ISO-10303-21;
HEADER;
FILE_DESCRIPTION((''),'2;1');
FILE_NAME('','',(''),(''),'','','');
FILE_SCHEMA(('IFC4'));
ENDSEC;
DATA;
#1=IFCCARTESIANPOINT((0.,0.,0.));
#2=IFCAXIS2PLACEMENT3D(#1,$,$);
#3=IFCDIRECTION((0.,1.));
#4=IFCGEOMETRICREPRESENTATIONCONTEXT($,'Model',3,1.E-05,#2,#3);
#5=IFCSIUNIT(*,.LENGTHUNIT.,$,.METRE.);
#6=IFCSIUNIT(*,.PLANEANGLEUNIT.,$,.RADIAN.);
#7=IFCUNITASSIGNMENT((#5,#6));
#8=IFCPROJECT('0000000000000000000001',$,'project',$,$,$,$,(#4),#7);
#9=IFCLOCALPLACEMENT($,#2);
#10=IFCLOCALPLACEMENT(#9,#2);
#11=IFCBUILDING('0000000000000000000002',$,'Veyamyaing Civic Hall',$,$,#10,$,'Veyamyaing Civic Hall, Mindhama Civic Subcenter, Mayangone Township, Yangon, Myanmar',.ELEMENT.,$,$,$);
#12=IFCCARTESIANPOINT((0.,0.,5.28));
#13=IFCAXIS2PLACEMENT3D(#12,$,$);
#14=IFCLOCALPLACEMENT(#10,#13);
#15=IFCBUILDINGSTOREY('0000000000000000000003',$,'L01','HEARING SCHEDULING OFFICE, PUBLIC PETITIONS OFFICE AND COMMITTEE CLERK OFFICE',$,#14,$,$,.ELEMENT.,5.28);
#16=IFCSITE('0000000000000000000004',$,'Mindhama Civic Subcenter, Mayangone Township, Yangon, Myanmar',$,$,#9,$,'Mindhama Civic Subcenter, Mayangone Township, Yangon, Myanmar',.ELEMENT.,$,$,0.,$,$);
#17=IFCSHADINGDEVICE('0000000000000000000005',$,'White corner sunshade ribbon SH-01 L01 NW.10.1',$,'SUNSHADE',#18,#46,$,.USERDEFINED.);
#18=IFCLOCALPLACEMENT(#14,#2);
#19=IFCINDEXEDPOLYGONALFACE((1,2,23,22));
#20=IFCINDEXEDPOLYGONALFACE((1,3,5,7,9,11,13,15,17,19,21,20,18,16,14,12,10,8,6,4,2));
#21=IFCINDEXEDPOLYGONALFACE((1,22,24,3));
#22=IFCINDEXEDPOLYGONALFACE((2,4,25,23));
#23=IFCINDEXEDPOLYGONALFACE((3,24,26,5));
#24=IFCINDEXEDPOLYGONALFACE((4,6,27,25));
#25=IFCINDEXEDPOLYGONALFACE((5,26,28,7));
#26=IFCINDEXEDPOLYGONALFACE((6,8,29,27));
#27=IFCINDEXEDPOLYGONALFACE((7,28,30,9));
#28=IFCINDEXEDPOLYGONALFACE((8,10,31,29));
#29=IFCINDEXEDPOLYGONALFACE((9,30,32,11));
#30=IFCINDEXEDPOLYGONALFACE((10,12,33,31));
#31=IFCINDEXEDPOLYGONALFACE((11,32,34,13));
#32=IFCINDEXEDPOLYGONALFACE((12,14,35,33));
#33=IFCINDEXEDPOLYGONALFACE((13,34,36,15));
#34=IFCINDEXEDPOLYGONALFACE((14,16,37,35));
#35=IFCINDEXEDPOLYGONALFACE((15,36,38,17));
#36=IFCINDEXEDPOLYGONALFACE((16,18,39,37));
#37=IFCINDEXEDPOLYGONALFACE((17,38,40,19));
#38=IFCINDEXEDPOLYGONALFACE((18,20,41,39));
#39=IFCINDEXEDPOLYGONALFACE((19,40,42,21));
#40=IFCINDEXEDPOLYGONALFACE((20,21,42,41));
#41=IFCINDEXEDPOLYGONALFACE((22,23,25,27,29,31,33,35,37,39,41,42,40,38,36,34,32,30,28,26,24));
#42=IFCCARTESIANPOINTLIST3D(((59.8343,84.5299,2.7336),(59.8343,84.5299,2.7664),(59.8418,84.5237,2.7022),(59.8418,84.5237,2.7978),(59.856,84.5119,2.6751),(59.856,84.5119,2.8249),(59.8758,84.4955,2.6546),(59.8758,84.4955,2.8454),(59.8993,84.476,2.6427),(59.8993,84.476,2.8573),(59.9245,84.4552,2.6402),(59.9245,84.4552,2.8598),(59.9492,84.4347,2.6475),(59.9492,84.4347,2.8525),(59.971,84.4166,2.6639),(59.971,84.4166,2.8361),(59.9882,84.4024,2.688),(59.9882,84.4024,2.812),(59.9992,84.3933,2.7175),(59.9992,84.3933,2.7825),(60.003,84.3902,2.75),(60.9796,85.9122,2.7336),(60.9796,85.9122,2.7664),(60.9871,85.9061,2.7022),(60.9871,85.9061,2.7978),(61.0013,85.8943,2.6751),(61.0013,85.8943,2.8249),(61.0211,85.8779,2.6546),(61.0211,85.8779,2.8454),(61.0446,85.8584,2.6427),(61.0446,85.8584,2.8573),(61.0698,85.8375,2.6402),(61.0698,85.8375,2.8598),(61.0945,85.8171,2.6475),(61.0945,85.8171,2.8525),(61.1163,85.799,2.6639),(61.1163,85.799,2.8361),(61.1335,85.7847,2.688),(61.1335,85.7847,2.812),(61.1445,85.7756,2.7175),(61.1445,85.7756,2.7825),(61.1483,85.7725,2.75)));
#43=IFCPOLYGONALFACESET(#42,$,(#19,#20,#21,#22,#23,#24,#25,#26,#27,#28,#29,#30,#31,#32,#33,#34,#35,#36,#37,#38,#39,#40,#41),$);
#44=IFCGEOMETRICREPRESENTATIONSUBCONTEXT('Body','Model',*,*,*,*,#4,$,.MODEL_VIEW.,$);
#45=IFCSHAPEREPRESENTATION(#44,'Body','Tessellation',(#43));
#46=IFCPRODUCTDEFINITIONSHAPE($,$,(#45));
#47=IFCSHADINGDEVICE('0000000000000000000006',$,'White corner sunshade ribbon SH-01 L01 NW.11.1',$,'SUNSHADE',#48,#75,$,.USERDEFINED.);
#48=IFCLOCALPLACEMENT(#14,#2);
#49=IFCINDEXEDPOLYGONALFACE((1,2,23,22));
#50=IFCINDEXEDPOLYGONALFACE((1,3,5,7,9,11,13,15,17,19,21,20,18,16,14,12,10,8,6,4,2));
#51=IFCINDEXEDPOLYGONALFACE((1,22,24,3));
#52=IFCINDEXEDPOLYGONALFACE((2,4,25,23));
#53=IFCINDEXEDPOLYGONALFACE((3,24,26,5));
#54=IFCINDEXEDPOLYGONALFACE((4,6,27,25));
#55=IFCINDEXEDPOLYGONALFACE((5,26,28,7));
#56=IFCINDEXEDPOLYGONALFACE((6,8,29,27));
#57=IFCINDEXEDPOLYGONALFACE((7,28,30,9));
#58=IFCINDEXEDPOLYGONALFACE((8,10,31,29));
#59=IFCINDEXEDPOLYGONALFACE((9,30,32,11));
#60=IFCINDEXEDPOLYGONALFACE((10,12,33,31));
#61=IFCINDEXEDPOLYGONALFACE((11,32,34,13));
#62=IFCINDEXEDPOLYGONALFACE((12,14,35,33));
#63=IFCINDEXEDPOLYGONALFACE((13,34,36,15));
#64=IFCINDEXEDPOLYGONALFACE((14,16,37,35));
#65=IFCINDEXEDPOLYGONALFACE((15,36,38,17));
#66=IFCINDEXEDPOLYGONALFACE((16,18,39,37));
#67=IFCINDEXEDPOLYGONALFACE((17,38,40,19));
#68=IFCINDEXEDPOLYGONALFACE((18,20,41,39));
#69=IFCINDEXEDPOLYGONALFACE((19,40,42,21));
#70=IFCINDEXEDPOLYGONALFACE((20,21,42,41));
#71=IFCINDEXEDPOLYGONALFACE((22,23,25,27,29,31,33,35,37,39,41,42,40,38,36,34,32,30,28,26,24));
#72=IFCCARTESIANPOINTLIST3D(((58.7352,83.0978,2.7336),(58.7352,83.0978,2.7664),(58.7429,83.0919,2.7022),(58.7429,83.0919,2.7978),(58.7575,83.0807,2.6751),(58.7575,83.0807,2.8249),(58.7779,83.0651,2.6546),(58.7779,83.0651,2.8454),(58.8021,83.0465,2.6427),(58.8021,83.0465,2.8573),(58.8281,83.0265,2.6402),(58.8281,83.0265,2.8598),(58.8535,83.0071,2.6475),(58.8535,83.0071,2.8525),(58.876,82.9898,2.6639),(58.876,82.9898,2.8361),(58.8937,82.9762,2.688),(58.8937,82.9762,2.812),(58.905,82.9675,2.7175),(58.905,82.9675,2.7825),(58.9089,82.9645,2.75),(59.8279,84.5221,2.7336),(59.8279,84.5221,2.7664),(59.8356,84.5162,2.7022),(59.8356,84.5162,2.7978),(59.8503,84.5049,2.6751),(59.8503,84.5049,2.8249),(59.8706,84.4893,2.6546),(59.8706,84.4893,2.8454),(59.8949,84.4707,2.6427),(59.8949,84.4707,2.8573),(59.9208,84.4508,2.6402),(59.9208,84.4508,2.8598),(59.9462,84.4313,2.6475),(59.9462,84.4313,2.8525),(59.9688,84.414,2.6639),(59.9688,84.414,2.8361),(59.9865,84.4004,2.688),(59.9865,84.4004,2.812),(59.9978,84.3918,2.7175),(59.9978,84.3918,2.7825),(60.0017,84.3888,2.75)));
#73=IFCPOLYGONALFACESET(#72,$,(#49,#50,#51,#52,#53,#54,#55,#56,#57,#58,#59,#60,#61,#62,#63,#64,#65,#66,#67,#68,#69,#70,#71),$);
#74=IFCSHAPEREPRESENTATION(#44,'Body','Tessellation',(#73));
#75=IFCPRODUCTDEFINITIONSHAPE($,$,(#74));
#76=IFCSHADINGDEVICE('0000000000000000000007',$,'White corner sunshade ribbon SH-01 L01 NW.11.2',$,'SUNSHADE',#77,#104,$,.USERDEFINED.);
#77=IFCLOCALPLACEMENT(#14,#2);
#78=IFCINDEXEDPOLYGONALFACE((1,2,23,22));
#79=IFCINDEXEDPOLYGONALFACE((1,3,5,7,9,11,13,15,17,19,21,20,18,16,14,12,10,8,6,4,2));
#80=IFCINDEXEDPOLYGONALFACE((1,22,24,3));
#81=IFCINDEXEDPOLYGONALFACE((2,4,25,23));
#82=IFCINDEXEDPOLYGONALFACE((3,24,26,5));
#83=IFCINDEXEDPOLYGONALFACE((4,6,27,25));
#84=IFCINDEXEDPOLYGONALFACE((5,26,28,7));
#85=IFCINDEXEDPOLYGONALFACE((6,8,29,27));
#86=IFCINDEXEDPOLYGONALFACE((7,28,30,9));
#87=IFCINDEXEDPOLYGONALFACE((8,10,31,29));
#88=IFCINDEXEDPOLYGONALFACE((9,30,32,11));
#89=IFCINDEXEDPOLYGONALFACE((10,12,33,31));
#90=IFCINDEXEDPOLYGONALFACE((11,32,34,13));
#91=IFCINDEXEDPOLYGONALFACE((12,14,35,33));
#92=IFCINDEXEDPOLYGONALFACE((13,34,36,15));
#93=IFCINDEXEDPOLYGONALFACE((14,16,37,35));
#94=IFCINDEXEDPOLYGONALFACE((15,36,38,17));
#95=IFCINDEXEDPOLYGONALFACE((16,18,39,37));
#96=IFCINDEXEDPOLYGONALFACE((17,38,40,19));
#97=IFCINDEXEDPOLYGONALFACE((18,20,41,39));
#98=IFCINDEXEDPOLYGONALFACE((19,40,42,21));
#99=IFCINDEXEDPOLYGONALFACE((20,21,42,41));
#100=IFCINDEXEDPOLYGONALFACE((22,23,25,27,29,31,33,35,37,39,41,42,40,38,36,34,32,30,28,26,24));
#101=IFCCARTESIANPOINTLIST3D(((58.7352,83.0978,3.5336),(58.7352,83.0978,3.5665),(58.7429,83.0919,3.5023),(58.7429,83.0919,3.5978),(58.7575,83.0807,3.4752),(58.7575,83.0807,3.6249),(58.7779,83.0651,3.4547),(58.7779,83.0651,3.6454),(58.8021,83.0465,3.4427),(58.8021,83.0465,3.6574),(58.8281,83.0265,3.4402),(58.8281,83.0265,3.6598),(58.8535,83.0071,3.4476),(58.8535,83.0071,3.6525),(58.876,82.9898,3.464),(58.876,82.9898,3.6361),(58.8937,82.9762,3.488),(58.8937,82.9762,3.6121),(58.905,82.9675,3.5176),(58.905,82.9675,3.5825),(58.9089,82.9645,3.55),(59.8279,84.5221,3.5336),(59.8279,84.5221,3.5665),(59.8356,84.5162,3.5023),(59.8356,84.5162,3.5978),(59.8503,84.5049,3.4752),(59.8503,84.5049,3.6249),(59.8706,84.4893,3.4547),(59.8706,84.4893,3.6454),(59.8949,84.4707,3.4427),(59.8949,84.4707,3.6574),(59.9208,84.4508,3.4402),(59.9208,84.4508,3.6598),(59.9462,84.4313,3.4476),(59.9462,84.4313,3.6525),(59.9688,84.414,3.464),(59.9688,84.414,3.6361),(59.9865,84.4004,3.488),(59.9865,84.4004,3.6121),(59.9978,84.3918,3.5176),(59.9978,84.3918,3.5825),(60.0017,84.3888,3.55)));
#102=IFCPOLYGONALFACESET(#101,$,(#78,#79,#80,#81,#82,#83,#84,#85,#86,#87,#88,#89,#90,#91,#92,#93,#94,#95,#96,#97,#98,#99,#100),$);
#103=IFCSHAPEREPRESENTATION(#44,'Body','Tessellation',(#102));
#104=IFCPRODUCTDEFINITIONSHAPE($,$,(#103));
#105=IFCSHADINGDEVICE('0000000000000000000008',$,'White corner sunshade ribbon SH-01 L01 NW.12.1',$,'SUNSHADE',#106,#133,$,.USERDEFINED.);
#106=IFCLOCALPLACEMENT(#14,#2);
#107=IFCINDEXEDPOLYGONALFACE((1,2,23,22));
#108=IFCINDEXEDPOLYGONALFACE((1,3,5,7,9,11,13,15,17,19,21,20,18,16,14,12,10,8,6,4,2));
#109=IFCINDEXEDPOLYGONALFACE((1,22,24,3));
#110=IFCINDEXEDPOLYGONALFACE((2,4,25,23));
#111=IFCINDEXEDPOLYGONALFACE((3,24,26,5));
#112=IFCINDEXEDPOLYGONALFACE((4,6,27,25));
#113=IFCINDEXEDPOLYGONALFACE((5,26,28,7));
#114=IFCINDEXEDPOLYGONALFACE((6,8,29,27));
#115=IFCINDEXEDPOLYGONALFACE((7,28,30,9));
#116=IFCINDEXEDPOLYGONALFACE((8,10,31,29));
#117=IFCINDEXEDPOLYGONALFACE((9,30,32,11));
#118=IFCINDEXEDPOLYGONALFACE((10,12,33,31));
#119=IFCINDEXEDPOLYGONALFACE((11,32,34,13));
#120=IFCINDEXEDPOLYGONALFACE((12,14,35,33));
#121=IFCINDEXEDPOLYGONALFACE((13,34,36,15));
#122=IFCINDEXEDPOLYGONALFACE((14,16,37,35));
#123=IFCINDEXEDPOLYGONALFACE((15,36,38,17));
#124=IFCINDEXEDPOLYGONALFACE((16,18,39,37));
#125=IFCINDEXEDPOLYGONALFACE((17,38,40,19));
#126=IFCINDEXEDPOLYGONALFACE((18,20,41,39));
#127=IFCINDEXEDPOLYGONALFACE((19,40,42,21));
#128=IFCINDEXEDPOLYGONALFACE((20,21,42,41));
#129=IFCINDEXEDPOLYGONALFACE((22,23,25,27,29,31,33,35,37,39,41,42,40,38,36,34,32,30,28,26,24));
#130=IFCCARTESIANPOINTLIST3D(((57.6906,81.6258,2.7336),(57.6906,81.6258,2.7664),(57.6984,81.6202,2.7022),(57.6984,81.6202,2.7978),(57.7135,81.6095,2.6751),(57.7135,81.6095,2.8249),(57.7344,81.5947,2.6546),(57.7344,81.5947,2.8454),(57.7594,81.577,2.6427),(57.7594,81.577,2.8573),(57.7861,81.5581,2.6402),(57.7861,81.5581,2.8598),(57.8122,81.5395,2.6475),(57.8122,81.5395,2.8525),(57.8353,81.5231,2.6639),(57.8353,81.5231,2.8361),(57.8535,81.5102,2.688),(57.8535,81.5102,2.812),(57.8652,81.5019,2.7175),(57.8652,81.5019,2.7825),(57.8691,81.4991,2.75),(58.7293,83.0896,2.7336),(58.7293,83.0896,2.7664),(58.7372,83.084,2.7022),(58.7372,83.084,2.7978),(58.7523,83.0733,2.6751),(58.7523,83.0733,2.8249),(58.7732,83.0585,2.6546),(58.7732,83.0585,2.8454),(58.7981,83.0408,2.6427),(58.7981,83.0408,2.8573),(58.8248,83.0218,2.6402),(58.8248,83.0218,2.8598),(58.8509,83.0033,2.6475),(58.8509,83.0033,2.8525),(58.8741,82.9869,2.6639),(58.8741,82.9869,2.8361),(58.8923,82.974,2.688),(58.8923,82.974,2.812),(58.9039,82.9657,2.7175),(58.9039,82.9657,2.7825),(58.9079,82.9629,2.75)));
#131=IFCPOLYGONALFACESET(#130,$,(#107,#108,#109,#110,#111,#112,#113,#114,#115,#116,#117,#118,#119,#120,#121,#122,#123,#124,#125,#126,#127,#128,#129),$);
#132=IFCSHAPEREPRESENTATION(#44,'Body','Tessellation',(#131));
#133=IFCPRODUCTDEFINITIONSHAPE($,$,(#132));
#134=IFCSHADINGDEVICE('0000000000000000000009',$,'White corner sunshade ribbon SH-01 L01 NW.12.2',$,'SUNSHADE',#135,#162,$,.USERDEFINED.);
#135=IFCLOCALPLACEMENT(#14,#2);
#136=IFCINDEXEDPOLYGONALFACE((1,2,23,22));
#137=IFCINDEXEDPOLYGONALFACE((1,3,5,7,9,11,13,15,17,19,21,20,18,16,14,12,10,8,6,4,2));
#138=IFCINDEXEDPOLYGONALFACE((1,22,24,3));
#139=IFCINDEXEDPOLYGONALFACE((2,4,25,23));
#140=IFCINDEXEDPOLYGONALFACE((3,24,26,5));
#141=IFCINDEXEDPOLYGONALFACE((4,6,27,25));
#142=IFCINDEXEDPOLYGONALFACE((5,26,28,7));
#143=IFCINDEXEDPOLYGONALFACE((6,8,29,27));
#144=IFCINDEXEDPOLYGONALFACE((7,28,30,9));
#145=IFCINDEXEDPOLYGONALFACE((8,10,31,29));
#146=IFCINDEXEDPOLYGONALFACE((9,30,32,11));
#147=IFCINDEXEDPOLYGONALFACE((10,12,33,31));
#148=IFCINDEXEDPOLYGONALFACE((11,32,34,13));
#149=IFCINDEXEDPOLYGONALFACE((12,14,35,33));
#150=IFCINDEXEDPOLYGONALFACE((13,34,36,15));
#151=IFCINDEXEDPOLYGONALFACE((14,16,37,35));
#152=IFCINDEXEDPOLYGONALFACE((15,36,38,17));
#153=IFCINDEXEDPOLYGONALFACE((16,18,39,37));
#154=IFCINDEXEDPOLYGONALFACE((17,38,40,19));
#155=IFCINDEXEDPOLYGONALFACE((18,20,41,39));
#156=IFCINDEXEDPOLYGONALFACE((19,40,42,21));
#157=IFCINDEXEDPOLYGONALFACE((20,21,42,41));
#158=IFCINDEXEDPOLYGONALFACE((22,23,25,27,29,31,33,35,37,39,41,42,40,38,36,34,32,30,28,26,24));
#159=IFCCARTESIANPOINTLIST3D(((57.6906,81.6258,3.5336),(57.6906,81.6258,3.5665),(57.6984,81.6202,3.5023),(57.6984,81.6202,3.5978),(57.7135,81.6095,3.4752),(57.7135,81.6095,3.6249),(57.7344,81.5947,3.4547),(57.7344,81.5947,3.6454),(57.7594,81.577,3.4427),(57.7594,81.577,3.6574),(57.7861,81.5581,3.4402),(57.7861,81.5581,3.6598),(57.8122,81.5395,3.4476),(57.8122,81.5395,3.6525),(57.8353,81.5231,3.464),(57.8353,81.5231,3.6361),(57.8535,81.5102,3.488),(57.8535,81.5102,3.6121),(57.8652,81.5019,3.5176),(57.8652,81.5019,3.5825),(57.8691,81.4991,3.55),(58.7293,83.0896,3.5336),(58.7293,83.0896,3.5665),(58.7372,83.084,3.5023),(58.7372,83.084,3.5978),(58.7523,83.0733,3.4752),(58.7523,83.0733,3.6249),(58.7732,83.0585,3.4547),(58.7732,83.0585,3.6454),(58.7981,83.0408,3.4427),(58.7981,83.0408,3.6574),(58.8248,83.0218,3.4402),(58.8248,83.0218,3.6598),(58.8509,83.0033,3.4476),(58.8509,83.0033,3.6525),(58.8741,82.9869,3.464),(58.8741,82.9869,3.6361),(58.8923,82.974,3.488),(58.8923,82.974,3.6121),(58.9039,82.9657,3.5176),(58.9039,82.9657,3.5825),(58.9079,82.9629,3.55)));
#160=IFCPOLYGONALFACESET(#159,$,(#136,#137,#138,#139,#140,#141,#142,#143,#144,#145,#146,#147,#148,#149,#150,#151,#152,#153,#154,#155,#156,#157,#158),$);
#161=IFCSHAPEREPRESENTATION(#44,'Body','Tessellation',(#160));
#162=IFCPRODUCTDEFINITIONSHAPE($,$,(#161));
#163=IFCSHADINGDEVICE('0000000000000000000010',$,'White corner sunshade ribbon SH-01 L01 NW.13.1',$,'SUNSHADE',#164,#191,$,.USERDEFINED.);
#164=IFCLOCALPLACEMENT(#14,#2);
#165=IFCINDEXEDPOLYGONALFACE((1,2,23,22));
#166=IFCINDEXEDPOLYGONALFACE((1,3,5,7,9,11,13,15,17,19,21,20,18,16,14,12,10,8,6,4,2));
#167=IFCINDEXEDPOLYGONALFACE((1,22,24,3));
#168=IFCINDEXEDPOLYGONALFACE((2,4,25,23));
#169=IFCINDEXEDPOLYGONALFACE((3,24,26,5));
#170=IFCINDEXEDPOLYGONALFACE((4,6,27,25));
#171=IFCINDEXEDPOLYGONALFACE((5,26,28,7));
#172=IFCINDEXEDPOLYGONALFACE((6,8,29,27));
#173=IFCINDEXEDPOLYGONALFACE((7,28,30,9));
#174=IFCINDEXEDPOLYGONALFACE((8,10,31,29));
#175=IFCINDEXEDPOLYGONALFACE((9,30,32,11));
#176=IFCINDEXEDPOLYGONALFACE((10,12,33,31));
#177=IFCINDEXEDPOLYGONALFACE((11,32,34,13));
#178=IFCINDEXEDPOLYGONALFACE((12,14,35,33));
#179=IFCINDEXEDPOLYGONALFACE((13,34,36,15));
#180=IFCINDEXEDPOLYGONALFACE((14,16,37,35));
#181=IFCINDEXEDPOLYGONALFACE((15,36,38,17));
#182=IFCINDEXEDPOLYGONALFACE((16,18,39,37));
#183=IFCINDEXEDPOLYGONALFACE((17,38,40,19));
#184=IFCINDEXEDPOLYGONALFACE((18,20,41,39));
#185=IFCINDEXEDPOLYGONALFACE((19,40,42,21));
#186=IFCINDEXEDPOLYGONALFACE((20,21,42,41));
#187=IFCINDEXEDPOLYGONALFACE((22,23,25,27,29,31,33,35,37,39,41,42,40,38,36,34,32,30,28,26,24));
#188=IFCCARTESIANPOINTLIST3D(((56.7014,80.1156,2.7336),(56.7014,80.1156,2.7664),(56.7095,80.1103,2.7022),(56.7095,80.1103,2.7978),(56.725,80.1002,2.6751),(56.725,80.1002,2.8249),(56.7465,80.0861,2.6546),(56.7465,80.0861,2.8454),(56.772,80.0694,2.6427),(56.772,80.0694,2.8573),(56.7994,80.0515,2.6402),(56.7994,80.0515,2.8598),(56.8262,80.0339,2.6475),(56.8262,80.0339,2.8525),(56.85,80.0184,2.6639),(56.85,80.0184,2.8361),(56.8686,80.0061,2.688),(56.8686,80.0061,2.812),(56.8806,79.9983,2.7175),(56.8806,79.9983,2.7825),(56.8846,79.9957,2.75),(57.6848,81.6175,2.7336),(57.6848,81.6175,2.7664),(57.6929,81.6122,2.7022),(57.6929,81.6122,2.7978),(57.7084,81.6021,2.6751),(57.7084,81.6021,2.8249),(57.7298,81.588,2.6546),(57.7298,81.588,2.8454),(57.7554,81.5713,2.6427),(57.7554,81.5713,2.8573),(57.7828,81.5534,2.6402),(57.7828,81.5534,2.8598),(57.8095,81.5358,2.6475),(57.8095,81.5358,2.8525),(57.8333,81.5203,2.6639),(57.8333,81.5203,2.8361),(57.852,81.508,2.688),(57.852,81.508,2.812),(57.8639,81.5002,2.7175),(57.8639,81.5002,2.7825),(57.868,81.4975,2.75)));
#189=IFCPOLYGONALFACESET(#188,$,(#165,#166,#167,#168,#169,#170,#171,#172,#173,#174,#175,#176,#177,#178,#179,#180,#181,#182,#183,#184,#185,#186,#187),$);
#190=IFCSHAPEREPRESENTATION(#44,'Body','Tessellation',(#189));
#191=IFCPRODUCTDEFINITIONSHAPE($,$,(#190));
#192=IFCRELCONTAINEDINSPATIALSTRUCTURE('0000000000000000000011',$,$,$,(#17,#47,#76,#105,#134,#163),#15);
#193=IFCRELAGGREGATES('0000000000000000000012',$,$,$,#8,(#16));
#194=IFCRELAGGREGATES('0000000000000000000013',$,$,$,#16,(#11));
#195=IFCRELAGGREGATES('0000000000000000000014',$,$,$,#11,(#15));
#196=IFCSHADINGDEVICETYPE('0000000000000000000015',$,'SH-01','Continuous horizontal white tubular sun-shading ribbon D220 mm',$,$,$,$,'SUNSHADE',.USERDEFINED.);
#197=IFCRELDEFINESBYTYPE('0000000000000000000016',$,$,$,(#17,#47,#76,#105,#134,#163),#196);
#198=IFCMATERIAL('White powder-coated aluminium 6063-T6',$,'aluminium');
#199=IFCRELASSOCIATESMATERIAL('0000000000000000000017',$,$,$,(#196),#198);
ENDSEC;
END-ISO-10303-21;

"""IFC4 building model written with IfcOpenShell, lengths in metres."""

from ifc_helpers import new_model, si_unit, direction, frame, origin, origin_2d, place, context, subcontext, project, spatial, circle, extrude, material, material_profile, profile_set, type_object, element, save


model = new_model("IFC4")

# Units and contexts
model_context = context("Model", 3, precision=1e-05, world=origin(), true_north=direction((0.0, 1.0)))
body_context = subcontext(model_context, "Body", "Model", "MODEL_VIEW")
ifc_project = project(units=[si_unit("LENGTHUNIT", "METRE"), si_unit("PLANEANGLEUNIT", "RADIAN")], contexts=[model_context])

# Site, building, storey
site_placement = place(None, origin())
site = spatial("IfcSite", under=ifc_project, at=site_placement, Name="Mindhama Civic Subcenter, Mayangone Township, Yangon, Myanmar", LongName="Mindhama Civic Subcenter, Mayangone Township, Yangon, Myanmar", CompositionType="ELEMENT", RefElevation=0.0)
building_placement = place(site_placement, origin())
building = spatial("IfcBuilding", under=site, at=building_placement, Name="Veyamyaing Civic Hall", LongName="Veyamyaing Civic Hall, Mindhama Civic Subcenter, Mayangone Township, Yangon, Myanmar", CompositionType="ELEMENT")
storey_placement = place(building_placement, frame((0.0, 0.0, 5.28)))
storey = spatial("IfcBuildingStorey", under=building, at=storey_placement, Name="L01", Description="HEARING SCHEDULING OFFICE, PUBLIC PETITIONS OFFICE AND COMMITTEE CLERK OFFICE", CompositionType="ELEMENT", Elevation=5.28)

# Shared definitions
ifc_material_1 = material(Name="White powder-coated aluminium 6063-T6", Category="aluminium")

# Shading devices
ifc_material_profile_1 = material_profile(ifc_material_1, circle(Radius=0.1101, at=origin_2d()), Name="SHADE-TUBE-220")
ifc_profile_set_1 = profile_set([ifc_material_profile_1], Name="White powder-coated aluminium 6063-T6")
shading_device_type_1 = type_object("IfcShadingDeviceType", Name="SH-01", Description="Continuous horizontal white tubular sun-shading ribbon D220 mm", ElementType="SUNSHADE", PredefinedType="USERDEFINED", material=ifc_profile_set_1)
for number, where, z_axis, x_axis, name in (
    (1, (61.0635, 85.8428, 2.75), (-0.637988, -0.770046, 0.0), (0.770046, -0.637988, 0.0), "White corner sunshade ribbon SH-01 L01 NW.10.1"),
    (2, (59.9143, 84.4558, 2.75), (-0.608711, -0.793392, 0.0), (0.793392, -0.608711, 0.0), "White corner sunshade ribbon SH-01 L01 NW.11.1"),
    (3, (59.9143, 84.4558, 3.55), (-0.608711, -0.793392, 0.0), (0.793392, -0.608711, 0.0), "White corner sunshade ribbon SH-01 L01 NW.11.2"),
):
    element("IfcShadingDevice", number, at=place(storey_placement, frame(where, z_axis=z_axis, x_axis=x_axis)), inside=storey, type_object=shading_device_type_1, Name=name, ObjectType="SUNSHADE", PredefinedType="USERDEFINED", context=body_context, shape_type="SweptSolid", body=[
        extrude(circle(Radius=0.1101, at=origin_2d()), origin(), (0.0, 0.0, 1.0), 1.7952),
    ])
for number, where, z_axis, x_axis, name in (
    (4, (58.8181, 83.0266, 2.75), (-0.578727, -0.815522, 0.0), (0.815522, -0.578727, 0.0), "White corner sunshade ribbon SH-01 L01 NW.12.1"),
    (5, (58.8181, 83.0266, 3.55), (-0.578727, -0.815522, 0.0), (0.815522, -0.578727, 0.0), "White corner sunshade ribbon SH-01 L01 NW.12.2"),
):
    element("IfcShadingDevice", number, at=place(storey_placement, frame(where, z_axis=z_axis, x_axis=x_axis)), inside=storey, type_object=shading_device_type_1, Name=name, ObjectType="SUNSHADE", PredefinedType="USERDEFINED", context=body_context, shape_type="SweptSolid", body=[
        extrude(circle(Radius=0.1101, at=origin_2d()), origin(), (0.0, 0.0, 1.0), 1.7949),
    ])
for number, where, z_axis, x_axis, name in (
    (6, (57.7759, 81.5579, 2.75), (-0.547777, -0.836624, 0.0), (0.836624, -0.547777, 0.0), "White corner sunshade ribbon SH-01 L01 NW.13.1"),
):
    element("IfcShadingDevice", number, at=place(storey_placement, frame(where, z_axis=z_axis, x_axis=x_axis)), inside=storey, type_object=shading_device_type_1, Name=name, ObjectType="SUNSHADE", PredefinedType="USERDEFINED", context=body_context, shape_type="SweptSolid", body=[
        extrude(circle(Radius=0.1101, at=origin_2d()), origin(), (0.0, 0.0, 1.0), 1.7952),
    ])

save(model, "model.ifc")
